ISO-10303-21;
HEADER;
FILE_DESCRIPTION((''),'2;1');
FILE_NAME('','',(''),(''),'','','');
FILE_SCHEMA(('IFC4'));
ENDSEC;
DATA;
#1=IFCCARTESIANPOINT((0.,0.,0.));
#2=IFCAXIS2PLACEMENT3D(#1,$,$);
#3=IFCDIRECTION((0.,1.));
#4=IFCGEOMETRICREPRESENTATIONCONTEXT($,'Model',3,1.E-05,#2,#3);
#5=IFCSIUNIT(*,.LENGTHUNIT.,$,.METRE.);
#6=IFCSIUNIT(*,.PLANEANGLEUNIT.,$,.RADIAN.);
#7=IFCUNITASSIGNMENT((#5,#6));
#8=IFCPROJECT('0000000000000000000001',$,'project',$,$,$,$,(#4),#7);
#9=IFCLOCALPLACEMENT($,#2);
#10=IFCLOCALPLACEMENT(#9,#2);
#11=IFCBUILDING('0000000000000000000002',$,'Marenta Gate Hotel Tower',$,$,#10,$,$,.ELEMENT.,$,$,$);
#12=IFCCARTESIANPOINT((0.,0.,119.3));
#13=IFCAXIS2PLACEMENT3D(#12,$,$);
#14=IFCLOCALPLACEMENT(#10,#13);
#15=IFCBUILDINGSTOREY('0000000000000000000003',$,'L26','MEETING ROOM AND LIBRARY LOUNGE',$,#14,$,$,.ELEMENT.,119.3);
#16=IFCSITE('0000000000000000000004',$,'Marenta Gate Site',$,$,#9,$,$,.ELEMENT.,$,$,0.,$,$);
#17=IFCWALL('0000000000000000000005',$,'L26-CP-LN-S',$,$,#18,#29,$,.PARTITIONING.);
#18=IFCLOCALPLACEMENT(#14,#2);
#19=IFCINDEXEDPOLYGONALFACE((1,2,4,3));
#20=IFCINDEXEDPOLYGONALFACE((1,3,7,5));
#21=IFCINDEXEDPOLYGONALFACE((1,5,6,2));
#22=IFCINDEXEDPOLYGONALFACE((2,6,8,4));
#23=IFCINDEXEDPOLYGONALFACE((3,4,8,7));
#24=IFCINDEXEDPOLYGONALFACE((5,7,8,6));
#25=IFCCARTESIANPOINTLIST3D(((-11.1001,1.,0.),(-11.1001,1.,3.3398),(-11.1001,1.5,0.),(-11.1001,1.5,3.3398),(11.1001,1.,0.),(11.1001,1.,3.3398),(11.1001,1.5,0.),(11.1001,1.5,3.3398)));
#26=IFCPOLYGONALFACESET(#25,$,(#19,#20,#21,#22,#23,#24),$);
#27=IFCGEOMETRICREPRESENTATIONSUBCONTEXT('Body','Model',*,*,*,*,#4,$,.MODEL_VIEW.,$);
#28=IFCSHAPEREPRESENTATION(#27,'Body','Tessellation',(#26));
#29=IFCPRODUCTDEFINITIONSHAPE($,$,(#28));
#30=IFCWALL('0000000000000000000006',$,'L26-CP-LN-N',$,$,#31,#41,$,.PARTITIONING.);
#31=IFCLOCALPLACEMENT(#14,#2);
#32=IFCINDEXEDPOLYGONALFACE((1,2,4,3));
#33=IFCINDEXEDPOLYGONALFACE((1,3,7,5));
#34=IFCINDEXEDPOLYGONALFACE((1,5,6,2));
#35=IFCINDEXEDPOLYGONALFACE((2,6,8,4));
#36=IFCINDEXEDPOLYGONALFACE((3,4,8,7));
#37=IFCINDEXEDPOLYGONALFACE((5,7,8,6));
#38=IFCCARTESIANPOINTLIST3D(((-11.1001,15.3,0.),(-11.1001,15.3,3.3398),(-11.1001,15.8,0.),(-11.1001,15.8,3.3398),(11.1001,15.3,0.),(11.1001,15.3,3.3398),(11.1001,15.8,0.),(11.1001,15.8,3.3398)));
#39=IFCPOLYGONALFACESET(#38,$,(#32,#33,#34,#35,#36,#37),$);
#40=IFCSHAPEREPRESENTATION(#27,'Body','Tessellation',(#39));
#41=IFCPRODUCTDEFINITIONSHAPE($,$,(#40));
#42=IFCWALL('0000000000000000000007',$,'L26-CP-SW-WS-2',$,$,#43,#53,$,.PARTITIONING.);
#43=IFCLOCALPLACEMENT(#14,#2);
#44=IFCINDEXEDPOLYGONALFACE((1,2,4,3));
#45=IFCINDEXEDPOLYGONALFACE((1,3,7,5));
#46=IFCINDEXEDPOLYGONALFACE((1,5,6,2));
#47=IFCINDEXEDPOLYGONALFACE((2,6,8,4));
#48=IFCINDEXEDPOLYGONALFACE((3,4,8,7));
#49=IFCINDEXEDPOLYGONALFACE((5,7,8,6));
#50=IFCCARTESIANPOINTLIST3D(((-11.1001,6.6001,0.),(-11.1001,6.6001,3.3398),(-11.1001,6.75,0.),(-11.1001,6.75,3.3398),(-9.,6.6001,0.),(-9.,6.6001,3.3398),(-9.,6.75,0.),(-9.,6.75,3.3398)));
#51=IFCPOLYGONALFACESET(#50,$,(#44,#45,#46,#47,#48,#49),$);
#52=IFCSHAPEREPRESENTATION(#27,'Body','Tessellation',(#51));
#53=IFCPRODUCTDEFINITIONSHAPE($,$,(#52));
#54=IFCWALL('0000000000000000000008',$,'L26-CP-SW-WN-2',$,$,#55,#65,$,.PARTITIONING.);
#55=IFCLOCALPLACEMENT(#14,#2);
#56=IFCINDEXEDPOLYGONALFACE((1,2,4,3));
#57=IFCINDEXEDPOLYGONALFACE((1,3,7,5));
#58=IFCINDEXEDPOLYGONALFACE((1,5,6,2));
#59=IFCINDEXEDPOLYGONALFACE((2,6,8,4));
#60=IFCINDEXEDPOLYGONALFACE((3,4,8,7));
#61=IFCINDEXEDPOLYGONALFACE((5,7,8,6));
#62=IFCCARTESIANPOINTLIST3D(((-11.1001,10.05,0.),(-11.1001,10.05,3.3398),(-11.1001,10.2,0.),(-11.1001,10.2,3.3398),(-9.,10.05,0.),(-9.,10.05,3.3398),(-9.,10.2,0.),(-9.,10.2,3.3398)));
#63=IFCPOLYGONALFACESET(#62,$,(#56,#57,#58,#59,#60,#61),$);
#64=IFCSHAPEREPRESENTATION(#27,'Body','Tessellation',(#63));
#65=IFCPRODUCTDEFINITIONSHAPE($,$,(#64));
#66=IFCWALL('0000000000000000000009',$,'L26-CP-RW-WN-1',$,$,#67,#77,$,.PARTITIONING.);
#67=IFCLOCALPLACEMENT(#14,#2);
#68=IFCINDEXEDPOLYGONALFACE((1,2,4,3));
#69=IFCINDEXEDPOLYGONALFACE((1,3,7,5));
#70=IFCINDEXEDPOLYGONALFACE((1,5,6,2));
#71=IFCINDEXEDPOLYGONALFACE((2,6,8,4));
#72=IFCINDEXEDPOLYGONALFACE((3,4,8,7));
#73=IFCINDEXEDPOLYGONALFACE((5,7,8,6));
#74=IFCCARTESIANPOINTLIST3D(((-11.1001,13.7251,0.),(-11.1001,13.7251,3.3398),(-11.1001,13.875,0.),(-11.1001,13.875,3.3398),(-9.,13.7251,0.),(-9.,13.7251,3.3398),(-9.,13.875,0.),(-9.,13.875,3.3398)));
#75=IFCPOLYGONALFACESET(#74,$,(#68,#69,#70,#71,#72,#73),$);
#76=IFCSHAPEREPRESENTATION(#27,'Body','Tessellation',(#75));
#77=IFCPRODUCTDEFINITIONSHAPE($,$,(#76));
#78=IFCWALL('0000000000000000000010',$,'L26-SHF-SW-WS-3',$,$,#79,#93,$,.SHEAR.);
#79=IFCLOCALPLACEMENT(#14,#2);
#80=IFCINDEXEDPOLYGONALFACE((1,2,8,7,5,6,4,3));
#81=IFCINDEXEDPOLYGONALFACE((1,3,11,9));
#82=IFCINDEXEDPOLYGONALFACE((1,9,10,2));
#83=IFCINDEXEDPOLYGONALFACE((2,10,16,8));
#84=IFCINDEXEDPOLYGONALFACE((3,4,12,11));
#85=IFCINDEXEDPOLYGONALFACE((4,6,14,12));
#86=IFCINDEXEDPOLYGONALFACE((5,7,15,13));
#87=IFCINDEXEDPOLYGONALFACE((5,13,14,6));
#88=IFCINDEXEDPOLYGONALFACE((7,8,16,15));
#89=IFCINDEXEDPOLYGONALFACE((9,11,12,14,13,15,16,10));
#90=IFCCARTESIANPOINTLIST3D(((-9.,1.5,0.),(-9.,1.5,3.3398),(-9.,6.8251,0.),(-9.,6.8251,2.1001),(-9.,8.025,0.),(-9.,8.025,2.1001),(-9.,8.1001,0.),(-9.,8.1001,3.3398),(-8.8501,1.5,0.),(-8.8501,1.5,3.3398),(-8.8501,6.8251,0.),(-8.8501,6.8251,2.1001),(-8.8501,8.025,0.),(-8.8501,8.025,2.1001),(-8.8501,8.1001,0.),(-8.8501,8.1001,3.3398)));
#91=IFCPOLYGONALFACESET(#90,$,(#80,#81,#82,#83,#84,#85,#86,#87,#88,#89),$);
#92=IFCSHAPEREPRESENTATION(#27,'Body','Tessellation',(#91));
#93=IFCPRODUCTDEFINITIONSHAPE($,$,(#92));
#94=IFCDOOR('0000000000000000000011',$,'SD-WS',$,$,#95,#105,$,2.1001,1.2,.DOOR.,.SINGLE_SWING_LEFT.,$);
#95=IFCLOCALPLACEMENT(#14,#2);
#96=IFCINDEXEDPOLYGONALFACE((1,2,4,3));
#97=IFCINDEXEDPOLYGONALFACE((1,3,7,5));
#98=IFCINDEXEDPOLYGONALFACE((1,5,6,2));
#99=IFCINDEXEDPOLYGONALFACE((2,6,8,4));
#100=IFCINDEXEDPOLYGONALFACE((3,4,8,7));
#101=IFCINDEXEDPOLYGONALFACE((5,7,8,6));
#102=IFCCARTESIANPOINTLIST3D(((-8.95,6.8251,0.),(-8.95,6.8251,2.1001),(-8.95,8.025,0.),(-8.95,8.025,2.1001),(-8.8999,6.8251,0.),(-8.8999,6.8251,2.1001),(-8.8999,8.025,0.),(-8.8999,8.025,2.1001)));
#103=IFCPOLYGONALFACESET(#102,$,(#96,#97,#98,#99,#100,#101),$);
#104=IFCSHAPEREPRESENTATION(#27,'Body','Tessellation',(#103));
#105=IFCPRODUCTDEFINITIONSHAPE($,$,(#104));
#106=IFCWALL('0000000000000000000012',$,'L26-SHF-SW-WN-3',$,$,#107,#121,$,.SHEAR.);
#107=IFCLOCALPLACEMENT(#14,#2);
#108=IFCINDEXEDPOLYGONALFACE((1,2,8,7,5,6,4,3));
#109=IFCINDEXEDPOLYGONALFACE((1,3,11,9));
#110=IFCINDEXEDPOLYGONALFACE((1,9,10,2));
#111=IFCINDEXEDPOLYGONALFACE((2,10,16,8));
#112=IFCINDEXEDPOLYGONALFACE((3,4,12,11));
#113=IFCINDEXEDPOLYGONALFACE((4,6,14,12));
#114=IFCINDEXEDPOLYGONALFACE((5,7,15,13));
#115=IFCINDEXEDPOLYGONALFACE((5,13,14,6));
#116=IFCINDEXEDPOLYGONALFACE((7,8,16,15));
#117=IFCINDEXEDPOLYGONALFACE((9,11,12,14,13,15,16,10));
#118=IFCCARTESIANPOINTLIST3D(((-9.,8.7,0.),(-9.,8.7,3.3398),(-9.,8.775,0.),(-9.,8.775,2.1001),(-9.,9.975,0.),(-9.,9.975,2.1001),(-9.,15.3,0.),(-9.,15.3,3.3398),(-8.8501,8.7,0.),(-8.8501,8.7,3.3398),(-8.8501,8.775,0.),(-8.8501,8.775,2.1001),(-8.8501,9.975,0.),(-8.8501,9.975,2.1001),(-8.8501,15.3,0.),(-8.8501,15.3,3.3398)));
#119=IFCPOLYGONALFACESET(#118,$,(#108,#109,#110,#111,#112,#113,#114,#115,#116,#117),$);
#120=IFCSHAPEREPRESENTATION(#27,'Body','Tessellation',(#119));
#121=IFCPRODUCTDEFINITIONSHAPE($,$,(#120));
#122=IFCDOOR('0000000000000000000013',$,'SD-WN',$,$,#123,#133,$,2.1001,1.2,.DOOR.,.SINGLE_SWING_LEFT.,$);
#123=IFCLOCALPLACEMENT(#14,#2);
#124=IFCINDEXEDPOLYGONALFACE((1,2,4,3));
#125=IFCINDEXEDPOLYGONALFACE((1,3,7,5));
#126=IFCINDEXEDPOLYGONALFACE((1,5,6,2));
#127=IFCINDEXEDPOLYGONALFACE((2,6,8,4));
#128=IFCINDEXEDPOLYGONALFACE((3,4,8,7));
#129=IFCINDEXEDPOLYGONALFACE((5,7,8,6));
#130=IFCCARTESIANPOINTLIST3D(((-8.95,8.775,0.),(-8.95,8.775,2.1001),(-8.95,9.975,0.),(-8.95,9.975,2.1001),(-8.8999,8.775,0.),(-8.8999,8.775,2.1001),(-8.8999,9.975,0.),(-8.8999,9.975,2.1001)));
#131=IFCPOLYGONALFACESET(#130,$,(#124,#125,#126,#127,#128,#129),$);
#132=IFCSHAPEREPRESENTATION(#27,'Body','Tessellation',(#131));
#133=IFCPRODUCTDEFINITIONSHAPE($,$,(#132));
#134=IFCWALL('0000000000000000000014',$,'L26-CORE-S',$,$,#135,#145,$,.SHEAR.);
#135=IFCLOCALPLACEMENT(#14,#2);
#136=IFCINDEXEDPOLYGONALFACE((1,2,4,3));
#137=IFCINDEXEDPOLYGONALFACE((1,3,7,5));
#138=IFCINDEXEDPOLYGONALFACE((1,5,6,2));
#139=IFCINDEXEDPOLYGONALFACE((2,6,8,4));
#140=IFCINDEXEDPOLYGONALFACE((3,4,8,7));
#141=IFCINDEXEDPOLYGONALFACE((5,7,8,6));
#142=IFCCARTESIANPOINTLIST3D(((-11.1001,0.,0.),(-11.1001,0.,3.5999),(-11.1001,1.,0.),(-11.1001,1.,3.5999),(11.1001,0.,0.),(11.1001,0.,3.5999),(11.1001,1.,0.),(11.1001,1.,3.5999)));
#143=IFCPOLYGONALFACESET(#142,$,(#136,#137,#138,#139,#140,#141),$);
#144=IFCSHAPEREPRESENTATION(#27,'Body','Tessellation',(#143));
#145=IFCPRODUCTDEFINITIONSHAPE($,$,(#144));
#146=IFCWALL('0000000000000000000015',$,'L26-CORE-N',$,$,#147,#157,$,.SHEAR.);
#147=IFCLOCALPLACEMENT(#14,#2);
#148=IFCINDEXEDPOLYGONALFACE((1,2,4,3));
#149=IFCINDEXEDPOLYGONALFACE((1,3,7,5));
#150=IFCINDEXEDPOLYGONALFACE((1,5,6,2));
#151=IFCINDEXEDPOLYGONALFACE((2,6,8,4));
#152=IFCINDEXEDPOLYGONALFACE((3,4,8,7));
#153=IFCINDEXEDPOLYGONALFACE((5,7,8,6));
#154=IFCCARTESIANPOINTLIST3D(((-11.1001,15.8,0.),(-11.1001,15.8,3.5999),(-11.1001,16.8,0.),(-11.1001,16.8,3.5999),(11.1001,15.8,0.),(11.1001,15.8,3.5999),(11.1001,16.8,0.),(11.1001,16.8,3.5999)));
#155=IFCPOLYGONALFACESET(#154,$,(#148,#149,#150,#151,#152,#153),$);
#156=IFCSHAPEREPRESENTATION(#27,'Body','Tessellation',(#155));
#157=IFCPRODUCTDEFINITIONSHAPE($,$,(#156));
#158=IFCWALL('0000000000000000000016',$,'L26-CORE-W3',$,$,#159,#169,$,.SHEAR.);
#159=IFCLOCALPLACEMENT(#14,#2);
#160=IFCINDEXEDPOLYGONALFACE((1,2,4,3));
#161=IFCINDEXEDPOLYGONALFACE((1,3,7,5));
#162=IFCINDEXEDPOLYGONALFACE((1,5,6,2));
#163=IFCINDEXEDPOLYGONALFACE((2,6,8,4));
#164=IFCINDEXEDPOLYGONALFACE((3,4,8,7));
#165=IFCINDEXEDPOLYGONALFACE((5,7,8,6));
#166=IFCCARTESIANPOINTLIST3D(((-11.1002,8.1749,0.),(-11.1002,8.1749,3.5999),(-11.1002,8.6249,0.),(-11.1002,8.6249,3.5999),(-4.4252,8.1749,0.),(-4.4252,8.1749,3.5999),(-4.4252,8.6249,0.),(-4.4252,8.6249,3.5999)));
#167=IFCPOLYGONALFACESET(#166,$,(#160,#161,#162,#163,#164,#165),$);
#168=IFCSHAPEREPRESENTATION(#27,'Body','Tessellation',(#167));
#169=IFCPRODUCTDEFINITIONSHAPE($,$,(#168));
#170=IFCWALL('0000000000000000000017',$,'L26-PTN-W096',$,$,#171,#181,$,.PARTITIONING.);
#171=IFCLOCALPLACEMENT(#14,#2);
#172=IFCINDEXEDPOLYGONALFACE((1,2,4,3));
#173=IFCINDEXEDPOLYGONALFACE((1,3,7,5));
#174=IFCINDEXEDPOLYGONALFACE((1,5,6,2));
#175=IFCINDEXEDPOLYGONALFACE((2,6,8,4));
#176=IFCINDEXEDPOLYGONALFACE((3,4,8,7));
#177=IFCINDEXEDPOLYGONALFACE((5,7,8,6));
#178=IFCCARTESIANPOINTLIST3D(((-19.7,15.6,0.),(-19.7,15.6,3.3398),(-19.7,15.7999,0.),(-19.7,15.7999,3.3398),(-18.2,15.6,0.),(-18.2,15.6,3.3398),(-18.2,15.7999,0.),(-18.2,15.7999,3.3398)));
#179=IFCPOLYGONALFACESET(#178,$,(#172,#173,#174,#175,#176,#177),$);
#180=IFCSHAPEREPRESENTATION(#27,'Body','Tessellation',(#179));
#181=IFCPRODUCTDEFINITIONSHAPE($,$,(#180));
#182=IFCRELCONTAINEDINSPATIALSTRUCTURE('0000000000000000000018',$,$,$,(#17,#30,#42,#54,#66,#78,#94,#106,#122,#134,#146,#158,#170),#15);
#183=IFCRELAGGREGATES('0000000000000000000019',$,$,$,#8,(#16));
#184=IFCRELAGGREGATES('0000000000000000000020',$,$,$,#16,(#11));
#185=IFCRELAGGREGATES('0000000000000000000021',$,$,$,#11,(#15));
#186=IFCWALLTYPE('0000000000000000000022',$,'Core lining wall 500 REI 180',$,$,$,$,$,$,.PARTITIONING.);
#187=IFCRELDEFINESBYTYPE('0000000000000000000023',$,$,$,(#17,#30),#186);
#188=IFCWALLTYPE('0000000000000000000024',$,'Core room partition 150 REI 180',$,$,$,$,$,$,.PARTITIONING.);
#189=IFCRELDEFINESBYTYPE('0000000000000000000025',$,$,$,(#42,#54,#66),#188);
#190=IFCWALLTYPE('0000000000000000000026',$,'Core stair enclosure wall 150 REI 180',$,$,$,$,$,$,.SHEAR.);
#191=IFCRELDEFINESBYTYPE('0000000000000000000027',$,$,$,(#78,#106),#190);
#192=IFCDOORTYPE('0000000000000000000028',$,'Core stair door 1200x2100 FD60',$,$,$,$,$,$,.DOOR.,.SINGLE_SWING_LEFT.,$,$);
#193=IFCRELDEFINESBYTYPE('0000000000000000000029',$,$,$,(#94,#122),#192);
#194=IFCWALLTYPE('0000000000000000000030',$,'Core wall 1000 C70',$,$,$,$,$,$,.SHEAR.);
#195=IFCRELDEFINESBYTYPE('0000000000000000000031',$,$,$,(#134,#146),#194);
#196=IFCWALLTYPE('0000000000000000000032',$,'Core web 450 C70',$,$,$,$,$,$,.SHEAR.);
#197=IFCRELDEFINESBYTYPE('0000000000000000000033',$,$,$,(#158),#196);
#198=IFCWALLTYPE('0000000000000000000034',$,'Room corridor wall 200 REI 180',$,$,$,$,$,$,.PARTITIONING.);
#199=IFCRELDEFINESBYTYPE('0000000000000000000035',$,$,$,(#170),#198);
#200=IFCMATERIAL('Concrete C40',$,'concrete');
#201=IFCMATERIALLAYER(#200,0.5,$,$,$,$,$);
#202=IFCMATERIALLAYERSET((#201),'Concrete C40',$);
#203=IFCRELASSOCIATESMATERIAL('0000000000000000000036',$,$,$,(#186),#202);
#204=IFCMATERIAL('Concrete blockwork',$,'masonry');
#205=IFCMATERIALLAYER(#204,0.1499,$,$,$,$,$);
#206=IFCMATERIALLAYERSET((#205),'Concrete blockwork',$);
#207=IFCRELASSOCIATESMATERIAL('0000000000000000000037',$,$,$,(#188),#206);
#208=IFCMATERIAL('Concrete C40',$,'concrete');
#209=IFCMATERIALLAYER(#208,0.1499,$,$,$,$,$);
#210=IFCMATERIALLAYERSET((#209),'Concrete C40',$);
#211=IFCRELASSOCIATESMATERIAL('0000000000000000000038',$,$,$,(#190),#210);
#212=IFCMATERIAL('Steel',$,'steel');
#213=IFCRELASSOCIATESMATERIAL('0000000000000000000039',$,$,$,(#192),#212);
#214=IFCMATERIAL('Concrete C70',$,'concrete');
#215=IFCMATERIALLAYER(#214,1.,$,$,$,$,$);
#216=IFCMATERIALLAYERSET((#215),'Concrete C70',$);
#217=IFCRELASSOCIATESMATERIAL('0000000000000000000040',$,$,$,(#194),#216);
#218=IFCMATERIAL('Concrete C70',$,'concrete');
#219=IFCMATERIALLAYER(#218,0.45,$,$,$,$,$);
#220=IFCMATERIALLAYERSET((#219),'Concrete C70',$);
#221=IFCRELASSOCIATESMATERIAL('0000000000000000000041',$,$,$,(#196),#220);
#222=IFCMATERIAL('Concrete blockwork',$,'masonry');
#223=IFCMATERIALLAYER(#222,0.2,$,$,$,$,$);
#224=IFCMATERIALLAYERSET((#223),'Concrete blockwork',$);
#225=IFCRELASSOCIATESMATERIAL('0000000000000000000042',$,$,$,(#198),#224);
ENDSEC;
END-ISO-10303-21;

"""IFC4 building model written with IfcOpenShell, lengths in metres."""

from ifc_helpers import new_model, si_unit, direction, frame, frame_2d, origin, place, context, subcontext, project, spatial, rectangle, extrude, material, layer, layer_set, type_object, element, fill, save


model = new_model("IFC4")

# Units and contexts
model_context = context("Model", 3, precision=1e-05, world=origin(), true_north=direction((0.0, 1.0)))
body_context = subcontext(model_context, "Body", "Model", "MODEL_VIEW")
ifc_project = project(units=[si_unit("LENGTHUNIT", "METRE"), si_unit("PLANEANGLEUNIT", "RADIAN")], contexts=[model_context])

# Site, building, storey
site_placement = place(None, origin())
site = spatial("IfcSite", under=ifc_project, at=site_placement, Name="Marenta Gate Site", CompositionType="ELEMENT", RefElevation=0.0)
building_placement = place(site_placement, origin())
building = spatial("IfcBuilding", under=site, at=building_placement, Name="Marenta Gate Hotel Tower", CompositionType="ELEMENT")
storey_placement = place(building_placement, frame((0.0, 0.0, 119.3)))
storey = spatial("IfcBuildingStorey", under=building, at=storey_placement, Name="L26", Description="MEETING ROOM AND LIBRARY LOUNGE", CompositionType="ELEMENT", Elevation=119.3)

# Walls
ifc_material_1 = material(Name="Concrete C40", Category="concrete")
ifc_layer_1 = layer(ifc_material_1, 0.5)
ifc_layer_set_1 = layer_set([ifc_layer_1], Name="Concrete C40")
wall_type_1 = type_object("IfcWallType", Name="Core lining wall 500 REI 180", PredefinedType="PARTITIONING", material=ifc_layer_set_1)
for number, where, z_axis, x_axis, name in (
    (1, (-11.1001, 1.25, 0.0), (0.0, 0.0, 1.0), (1.0, 0.0, 0.0), "L26-CP-LN-S"),
    (2, (-11.1001, 15.55, 0.0), (0.0, 0.0, 1.0), (1.0, 0.0, 0.0), "L26-CP-LN-N"),
):
    element("IfcWall", number, at=place(storey_placement, frame(where, z_axis=z_axis, x_axis=x_axis)), inside=storey, type_object=wall_type_1, Name=name, PredefinedType="PARTITIONING", context=body_context, shape_type="SweptSolid", body=[
        extrude(rectangle(XDim=22.2002, YDim=0.5, at=frame_2d((11.1001, 0.0))), origin(), (0.0, 0.0, 1.0), 3.3398),
    ])
ifc_material_2 = material(Name="Concrete blockwork", Category="masonry")
ifc_layer_2 = layer(ifc_material_2, 0.1499)
ifc_layer_set_2 = layer_set([ifc_layer_2], Name="Concrete blockwork")
wall_type_2 = type_object("IfcWallType", Name="Core room partition 150 REI 180", PredefinedType="PARTITIONING", material=ifc_layer_set_2)
for number, where, z_axis, x_axis, name in (
    (3, (-11.1001, 6.675, 0.0), (0.0, 0.0, 1.0), (1.0, 0.0, 0.0), "L26-CP-SW-WS-2"),
    (4, (-11.1001, 10.125, 0.0), (0.0, 0.0, 1.0), (1.0, 0.0, 0.0), "L26-CP-SW-WN-2"),
    (5, (-11.1001, 13.8, 0.0), (0.0, 0.0, 1.0), (1.0, 0.0, 0.0), "L26-CP-RW-WN-1"),
):
    element("IfcWall", number, at=place(storey_placement, frame(where, z_axis=z_axis, x_axis=x_axis)), inside=storey, type_object=wall_type_2, Name=name, PredefinedType="PARTITIONING", context=body_context, shape_type="SweptSolid", body=[
        extrude(rectangle(XDim=2.1001, YDim=0.1499, at=frame_2d((1.05, 0.0))), origin(), (0.0, 0.0, 1.0), 3.3398),
    ])

# Walls, openings, doors
ifc_material_3 = material(Name="Concrete C40", Category="concrete")
ifc_layer_3 = layer(ifc_material_3, 0.1499)
ifc_layer_set_3 = layer_set([ifc_layer_3], Name="Concrete C40")
wall_type_3 = type_object("IfcWallType", Name="Core stair enclosure wall 150 REI 180", PredefinedType="SHEAR", material=ifc_layer_set_3)
wall_1_placement = place(storey_placement, frame((-8.925, 1.5, 0.0), z_axis=(0.0, 0.0, 1.0), x_axis=(0.0, 1.0, 0.0)))
wall_1 = element("IfcWall", 6, at=wall_1_placement, inside=storey, type_object=wall_type_3, Name="L26-SHF-SW-WS-3", PredefinedType="SHEAR", context=body_context, shape_type="SweptSolid", body=[
    extrude(rectangle(XDim=6.6001, YDim=0.1499, at=frame_2d((3.3, 0.0))), origin(), (0.0, 0.0, 1.0), 3.3398),
])
opening_1_placement = place(wall_1_placement, frame((5.325, 0.0, 0.0)))
opening_1 = element("IfcOpeningElement", 7, at=opening_1_placement, cuts=wall_1, PredefinedType="OPENING", context=body_context, shape_type="SweptSolid", body=[
    extrude(rectangle(XDim=1.2, YDim=2.1001, at=frame_2d((0.6001, 1.05))), frame((0.0, 0.075, 0.0), z_axis=(0.0, -1.0, 0.0), x_axis=(1.0, 0.0, 0.0)), (0.0, 0.0, 1.0), 0.1499),
])
ifc_material_4 = material(Name="Steel", Category="steel")
door_type = type_object("IfcDoorType", Name="Core stair door 1200x2100 FD60", OperationType="SINGLE_SWING_LEFT", PredefinedType="DOOR", material=ifc_material_4)
door_1_placement = place(opening_1_placement, origin())
door_1 = element("IfcDoor", 8, at=door_1_placement, inside=storey, type_object=door_type, Name="SD-WS", OperationType="SINGLE_SWING_LEFT", OverallHeight=2.1001, OverallWidth=1.2, PredefinedType="DOOR", context=body_context, shape_type="SweptSolid", body=[
    extrude(rectangle(XDim=1.2, YDim=2.1001, at=frame_2d((0.6001, 1.05))), frame((0.0, 0.0249, 0.0), z_axis=(0.0, -1.0, 0.0), x_axis=(1.0, 0.0, 0.0)), (0.0, 0.0, 1.0), 0.05),
])
fill(opening_1, door_1)
wall_2_placement = place(storey_placement, frame((-8.925, 8.7, 0.0), z_axis=(0.0, 0.0, 1.0), x_axis=(0.0, 1.0, 0.0)))
wall_2 = element("IfcWall", 9, at=wall_2_placement, inside=storey, type_object=wall_type_3, Name="L26-SHF-SW-WN-3", PredefinedType="SHEAR", context=body_context, shape_type="SweptSolid", body=[
    extrude(rectangle(XDim=6.6001, YDim=0.1499, at=frame_2d((3.3, 0.0))), origin(), (0.0, 0.0, 1.0), 3.3398),
])
opening_2_placement = place(wall_2_placement, frame((0.075, 0.0, 0.0)))
opening_2 = element("IfcOpeningElement", 10, at=opening_2_placement, cuts=wall_2, PredefinedType="OPENING", context=body_context, shape_type="SweptSolid", body=[
    extrude(rectangle(XDim=1.2, YDim=2.1001, at=frame_2d((0.6001, 1.05))), frame((0.0, 0.075, 0.0), z_axis=(0.0, -1.0, 0.0), x_axis=(1.0, 0.0, 0.0)), (0.0, 0.0, 1.0), 0.1499),
])
door_2_placement = place(opening_2_placement, origin())
door_2 = element("IfcDoor", 11, at=door_2_placement, inside=storey, type_object=door_type, Name="SD-WN", OperationType="SINGLE_SWING_LEFT", OverallHeight=2.1001, OverallWidth=1.2, PredefinedType="DOOR", context=body_context, shape_type="SweptSolid", body=[
    extrude(rectangle(XDim=1.2, YDim=2.1001, at=frame_2d((0.6001, 1.05))), frame((0.0, 0.0249, 0.0), z_axis=(0.0, -1.0, 0.0), x_axis=(1.0, 0.0, 0.0)), (0.0, 0.0, 1.0), 0.05),
])
fill(opening_2, door_2)

# Walls
ifc_material_5 = material(Name="Concrete C70", Category="concrete")
ifc_layer_4 = layer(ifc_material_5, 1.0)
ifc_layer_set_4 = layer_set([ifc_layer_4], Name="Concrete C70")
wall_type_4 = type_object("IfcWallType", Name="Core wall 1000 C70", PredefinedType="SHEAR", material=ifc_layer_set_4)
for number, where, z_axis, x_axis, name in (
    (12, (-11.1001, 0.5, 0.0), (0.0, 0.0, 1.0), (1.0, 0.0, 0.0), "L26-CORE-S"),
    (13, (-11.1001, 16.3, 0.0), (0.0, 0.0, 1.0), (1.0, 0.0, 0.0), "L26-CORE-N"),
):
    element("IfcWall", number, at=place(storey_placement, frame(where, z_axis=z_axis, x_axis=x_axis)), inside=storey, type_object=wall_type_4, Name=name, PredefinedType="SHEAR", context=body_context, shape_type="SweptSolid", body=[
        extrude(rectangle(XDim=22.2002, YDim=1.0, at=frame_2d((11.1001, 0.0))), origin(), (0.0, 0.0, 1.0), 3.5999),
    ])
ifc_material_6 = material(Name="Concrete C70", Category="concrete")
ifc_layer_5 = layer(ifc_material_6, 0.45)
ifc_layer_set_5 = layer_set([ifc_layer_5], Name="Concrete C70")
wall_type_5 = type_object("IfcWallType", Name="Core web 450 C70", PredefinedType="SHEAR", material=ifc_layer_set_5)
wall_3_placement = place(storey_placement, frame((-11.1001, 8.3999, 0.0), z_axis=(0.0, 0.0, 1.0), x_axis=(1.0, 0.0, 0.0)))
element("IfcWall", 14, at=wall_3_placement, inside=storey, type_object=wall_type_5, Name="L26-CORE-W3", PredefinedType="SHEAR", context=body_context, shape_type="SweptSolid", body=[
    extrude(rectangle(XDim=6.675, YDim=0.45, at=frame_2d((3.3374, 0.0))), origin(), (0.0, 0.0, 1.0), 3.5999),
])
ifc_material_7 = material(Name="Concrete blockwork", Category="masonry")
ifc_layer_6 = layer(ifc_material_7, 0.2)
ifc_layer_set_6 = layer_set([ifc_layer_6], Name="Concrete blockwork")
wall_type_6 = type_object("IfcWallType", Name="Room corridor wall 200 REI 180", PredefinedType="PARTITIONING", material=ifc_layer_set_6)
wall_4_placement = place(storey_placement, frame((-19.7, 15.7, 0.0), z_axis=(0.0, 0.0, 1.0), x_axis=(1.0, 0.0, 0.0)))
element("IfcWall", 15, at=wall_4_placement, inside=storey, type_object=wall_type_6, Name="L26-PTN-W096", PredefinedType="PARTITIONING", context=body_context, shape_type="SweptSolid", body=[
    extrude(rectangle(XDim=1.5, YDim=0.2, at=frame_2d((0.75, 0.0))), origin(), (0.0, 0.0, 1.0), 3.3398),
])

save(model, "model.ifc")
